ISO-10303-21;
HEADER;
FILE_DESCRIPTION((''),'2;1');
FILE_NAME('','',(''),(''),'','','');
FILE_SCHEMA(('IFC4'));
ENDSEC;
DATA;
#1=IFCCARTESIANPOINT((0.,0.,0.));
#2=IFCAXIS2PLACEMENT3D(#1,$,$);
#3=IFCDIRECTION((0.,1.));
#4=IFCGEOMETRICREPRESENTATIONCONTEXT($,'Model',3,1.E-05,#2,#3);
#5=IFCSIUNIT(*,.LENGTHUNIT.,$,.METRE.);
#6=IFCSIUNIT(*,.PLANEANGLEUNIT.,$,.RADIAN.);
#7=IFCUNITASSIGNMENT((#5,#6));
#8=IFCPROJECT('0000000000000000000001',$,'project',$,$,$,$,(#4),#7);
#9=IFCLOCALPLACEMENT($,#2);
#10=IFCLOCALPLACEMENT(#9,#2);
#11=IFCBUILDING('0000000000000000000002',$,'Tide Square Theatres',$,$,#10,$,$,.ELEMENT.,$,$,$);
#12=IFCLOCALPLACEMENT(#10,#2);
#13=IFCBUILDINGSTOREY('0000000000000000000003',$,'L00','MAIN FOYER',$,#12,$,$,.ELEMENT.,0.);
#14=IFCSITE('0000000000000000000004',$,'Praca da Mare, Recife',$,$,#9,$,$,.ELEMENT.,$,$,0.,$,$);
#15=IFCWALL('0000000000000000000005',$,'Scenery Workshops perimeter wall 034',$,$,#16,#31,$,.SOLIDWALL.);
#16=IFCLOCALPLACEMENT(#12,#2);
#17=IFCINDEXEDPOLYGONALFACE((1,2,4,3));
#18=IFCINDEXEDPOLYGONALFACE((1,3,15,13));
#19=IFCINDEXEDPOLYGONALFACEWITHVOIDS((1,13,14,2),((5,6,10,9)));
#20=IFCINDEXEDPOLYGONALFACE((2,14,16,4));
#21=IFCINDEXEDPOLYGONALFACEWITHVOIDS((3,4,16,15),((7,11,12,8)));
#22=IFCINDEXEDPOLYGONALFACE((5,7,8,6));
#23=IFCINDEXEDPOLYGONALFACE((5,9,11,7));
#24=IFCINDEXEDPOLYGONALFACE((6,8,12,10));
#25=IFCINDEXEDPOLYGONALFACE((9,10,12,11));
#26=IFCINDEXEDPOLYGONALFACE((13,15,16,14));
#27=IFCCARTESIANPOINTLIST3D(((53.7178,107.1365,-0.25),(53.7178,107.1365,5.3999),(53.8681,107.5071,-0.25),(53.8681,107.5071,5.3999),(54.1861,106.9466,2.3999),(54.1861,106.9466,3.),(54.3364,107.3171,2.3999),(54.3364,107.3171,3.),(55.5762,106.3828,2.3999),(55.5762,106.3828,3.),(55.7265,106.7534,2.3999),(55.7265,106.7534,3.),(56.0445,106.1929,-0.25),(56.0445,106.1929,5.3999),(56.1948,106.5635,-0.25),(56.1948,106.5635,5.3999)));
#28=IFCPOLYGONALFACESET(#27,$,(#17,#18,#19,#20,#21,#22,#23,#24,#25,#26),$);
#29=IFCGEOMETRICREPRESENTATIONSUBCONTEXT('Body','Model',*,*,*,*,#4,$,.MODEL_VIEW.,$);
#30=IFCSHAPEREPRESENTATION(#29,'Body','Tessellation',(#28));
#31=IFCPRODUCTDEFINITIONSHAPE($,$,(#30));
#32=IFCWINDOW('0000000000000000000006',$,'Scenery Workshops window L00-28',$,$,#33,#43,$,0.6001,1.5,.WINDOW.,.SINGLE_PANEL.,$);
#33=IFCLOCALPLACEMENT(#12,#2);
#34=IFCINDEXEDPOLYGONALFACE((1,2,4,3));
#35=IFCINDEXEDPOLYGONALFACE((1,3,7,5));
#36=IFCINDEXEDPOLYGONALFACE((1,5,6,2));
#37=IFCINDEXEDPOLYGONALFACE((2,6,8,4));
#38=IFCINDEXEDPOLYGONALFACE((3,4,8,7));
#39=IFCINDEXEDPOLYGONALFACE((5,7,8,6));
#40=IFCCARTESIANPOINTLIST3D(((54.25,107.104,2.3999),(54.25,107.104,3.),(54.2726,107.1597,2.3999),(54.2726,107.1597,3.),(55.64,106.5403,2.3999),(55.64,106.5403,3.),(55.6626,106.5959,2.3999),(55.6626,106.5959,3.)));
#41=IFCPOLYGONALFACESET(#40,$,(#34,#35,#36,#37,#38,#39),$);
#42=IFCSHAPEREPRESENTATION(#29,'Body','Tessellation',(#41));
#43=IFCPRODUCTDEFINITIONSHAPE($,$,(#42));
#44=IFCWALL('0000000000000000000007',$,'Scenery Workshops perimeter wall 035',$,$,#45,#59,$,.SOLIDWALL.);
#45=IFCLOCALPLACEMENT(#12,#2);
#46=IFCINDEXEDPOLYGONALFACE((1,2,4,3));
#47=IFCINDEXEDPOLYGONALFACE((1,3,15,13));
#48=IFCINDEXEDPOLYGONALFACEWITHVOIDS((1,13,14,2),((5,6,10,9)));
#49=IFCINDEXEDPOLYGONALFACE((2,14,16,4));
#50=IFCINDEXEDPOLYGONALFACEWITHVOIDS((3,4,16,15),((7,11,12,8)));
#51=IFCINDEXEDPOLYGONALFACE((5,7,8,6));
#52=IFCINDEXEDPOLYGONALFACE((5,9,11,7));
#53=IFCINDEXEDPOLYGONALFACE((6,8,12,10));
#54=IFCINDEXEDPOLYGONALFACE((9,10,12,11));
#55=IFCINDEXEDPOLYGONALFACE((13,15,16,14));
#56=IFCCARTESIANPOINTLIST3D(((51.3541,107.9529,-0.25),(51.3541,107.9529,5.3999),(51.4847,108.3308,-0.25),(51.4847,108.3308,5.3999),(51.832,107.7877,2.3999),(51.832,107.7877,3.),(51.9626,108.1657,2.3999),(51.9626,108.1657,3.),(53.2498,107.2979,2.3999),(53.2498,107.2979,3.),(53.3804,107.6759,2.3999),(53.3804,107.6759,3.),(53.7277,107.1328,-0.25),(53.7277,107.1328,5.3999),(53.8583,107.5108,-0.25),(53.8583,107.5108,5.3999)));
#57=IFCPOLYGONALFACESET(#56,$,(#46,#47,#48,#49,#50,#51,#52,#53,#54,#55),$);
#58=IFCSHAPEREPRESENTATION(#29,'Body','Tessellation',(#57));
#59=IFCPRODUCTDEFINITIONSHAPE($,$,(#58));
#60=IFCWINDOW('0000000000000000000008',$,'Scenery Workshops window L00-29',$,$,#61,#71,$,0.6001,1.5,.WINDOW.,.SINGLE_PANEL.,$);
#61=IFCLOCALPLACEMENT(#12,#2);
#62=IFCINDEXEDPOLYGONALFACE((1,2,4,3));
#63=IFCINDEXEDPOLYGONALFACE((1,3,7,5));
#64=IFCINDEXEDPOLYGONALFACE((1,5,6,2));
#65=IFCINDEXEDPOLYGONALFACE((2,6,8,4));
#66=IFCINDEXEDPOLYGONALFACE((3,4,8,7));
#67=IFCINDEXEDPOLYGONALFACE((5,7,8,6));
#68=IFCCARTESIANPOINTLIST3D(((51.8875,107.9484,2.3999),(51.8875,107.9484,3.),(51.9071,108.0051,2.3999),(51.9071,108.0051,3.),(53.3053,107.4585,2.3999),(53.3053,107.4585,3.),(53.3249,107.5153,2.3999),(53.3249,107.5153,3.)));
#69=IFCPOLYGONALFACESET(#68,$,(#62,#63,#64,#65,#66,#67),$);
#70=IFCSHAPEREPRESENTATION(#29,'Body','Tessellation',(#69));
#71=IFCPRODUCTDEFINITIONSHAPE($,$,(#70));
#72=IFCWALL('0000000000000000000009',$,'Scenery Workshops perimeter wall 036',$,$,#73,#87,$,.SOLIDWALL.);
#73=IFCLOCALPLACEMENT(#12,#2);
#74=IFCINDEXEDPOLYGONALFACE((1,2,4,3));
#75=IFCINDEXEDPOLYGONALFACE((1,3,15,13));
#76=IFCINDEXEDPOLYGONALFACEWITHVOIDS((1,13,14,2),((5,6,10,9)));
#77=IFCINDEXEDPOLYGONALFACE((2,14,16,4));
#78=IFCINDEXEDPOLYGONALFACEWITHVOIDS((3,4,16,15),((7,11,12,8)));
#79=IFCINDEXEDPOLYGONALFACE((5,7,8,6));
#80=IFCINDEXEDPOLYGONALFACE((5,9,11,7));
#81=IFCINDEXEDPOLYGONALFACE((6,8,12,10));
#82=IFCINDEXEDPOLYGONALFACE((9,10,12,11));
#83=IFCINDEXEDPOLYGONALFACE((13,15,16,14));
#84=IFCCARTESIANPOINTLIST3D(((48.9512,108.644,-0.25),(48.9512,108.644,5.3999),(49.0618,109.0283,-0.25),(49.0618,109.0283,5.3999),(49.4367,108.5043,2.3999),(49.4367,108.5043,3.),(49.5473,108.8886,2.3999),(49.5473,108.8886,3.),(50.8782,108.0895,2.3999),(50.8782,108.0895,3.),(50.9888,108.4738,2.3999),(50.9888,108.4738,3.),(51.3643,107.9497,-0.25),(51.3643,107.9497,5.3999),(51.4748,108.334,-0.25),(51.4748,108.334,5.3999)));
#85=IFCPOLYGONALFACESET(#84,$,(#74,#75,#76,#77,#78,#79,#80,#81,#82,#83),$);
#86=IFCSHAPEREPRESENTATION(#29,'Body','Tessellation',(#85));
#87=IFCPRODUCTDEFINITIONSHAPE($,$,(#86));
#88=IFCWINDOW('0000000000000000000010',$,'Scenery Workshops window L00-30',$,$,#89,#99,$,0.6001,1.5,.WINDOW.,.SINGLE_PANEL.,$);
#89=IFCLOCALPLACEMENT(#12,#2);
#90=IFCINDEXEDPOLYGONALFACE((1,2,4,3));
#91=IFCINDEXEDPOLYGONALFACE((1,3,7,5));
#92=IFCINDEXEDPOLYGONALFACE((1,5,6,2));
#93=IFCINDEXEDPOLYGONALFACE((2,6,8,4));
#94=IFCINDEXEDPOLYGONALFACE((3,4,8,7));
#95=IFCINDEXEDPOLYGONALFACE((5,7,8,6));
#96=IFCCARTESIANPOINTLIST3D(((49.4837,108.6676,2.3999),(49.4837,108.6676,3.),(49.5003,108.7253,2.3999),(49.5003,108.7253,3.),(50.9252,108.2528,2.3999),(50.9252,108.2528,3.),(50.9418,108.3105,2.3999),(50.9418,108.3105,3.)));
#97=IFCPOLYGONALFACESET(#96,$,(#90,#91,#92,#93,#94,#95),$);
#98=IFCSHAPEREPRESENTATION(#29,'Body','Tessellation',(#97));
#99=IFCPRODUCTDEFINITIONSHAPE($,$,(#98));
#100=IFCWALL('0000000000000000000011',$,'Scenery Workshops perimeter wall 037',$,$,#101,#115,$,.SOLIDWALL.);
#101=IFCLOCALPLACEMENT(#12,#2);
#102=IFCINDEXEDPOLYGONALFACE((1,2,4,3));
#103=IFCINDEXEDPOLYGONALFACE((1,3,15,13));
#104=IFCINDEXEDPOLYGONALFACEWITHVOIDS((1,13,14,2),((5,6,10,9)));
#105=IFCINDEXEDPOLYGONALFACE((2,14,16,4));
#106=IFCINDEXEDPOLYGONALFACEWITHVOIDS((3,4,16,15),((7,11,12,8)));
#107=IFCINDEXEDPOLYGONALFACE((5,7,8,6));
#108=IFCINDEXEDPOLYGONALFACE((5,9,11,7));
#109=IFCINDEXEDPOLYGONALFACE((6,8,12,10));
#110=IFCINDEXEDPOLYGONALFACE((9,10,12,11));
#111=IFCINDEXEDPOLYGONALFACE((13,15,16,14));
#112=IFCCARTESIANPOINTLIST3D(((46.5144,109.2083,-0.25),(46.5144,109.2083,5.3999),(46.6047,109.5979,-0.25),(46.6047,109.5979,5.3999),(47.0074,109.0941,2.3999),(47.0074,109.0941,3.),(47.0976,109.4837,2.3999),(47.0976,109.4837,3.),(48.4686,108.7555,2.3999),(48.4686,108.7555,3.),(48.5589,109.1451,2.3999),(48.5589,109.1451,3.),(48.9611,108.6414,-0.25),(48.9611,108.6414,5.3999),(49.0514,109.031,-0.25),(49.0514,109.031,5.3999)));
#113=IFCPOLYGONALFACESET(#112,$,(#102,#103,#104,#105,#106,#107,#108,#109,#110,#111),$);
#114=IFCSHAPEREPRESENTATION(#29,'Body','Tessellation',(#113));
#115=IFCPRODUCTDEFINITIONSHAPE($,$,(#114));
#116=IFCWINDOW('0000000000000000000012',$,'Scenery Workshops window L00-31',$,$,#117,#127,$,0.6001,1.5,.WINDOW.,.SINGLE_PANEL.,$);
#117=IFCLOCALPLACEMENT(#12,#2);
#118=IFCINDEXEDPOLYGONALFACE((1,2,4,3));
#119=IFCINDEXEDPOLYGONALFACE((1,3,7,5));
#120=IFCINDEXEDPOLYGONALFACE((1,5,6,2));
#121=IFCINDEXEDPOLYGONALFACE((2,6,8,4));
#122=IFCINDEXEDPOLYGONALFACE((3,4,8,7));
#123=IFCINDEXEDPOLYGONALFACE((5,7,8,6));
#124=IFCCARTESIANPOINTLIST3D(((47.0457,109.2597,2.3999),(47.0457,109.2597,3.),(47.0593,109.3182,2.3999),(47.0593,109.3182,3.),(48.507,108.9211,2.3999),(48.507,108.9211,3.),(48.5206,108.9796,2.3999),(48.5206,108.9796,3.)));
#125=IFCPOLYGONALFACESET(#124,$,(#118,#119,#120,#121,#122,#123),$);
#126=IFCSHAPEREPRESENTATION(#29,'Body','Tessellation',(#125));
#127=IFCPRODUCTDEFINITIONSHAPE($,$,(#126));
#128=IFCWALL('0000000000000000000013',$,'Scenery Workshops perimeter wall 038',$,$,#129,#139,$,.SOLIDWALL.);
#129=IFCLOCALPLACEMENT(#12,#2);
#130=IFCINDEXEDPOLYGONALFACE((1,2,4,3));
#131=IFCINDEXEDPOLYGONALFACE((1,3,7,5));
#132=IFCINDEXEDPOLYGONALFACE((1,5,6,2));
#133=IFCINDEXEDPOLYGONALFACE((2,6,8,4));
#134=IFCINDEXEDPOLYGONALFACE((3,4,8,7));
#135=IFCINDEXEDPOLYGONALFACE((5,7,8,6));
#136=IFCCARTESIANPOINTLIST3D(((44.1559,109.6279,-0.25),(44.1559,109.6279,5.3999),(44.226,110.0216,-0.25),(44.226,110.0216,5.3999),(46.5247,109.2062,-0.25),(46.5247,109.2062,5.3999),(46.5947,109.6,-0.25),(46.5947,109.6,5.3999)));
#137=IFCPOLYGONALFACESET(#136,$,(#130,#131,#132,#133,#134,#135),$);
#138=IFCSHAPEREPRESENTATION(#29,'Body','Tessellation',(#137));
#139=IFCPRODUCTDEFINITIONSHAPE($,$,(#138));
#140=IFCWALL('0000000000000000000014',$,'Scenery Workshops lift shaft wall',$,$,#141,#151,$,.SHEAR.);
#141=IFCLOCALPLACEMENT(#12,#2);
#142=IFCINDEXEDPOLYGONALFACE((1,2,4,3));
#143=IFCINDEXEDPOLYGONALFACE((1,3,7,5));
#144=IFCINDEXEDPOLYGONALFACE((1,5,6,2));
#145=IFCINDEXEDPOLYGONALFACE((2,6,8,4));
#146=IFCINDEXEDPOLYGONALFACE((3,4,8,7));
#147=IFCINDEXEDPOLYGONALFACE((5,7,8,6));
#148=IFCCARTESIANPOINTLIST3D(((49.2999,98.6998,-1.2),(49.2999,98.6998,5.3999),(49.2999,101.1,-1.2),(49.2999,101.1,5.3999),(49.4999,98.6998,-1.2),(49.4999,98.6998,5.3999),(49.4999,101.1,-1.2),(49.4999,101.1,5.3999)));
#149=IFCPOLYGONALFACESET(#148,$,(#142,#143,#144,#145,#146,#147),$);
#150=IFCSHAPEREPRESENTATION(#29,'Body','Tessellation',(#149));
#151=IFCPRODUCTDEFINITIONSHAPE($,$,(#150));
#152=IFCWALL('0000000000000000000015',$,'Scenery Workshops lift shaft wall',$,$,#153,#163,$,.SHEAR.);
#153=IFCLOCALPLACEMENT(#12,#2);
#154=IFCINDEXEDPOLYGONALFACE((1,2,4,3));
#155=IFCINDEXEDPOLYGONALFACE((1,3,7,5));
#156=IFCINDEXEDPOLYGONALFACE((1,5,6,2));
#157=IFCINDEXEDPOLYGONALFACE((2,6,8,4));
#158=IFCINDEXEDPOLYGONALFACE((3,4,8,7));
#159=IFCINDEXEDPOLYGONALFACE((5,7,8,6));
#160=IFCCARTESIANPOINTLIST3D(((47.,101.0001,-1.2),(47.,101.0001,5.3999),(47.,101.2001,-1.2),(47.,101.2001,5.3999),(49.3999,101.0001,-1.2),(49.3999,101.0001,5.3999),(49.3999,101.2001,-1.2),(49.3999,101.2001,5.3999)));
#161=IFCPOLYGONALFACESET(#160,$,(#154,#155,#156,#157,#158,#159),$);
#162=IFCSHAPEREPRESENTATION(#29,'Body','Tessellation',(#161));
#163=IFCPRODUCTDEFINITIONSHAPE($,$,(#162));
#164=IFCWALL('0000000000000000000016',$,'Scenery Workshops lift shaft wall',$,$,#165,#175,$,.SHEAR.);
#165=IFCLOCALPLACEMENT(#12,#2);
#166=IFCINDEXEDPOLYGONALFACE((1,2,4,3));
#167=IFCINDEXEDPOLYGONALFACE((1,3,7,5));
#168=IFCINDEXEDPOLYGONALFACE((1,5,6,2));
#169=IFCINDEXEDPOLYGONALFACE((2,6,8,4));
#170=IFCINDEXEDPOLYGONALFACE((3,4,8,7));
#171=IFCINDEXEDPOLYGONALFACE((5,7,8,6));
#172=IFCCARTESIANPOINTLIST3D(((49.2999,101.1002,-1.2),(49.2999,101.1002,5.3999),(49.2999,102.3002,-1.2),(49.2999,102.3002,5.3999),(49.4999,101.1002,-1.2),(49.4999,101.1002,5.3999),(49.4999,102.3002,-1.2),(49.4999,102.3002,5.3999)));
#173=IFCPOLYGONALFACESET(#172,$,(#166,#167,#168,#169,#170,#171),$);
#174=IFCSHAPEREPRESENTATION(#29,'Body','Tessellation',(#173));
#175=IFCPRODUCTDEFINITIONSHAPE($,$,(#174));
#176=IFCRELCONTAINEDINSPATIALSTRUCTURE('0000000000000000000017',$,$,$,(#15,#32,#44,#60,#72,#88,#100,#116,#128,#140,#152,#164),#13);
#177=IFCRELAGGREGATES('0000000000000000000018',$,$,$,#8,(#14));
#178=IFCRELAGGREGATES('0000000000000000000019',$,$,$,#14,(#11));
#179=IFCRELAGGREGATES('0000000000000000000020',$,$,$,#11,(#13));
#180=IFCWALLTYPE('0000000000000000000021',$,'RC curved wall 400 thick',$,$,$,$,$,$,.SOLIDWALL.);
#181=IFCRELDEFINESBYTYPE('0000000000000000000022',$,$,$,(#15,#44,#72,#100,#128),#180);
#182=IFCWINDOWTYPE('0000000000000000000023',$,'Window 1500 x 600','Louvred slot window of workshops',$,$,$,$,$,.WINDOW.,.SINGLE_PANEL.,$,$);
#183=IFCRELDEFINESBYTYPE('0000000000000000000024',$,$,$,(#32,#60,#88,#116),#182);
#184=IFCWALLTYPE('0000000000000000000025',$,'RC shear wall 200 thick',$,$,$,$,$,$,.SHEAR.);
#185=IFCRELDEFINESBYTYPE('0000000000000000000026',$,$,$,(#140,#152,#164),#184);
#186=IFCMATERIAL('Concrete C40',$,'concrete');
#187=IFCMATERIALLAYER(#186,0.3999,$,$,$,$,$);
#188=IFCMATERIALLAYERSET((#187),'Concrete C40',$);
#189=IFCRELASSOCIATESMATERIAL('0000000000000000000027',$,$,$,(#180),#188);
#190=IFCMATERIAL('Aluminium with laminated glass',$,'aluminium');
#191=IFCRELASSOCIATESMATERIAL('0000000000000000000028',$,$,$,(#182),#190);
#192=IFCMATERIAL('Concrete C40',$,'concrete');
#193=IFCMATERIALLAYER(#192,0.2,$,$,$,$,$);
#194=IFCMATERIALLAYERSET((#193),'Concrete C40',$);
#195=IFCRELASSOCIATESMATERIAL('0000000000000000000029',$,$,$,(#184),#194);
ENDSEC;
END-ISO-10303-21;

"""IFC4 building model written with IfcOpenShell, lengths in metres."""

from ifc_helpers import new_model, si_unit, direction, frame, frame_2d, origin, place, context, subcontext, project, spatial, rectangle, extrude, material, layer, layer_set, type_object, element, fill, save


model = new_model("IFC4")

# Units and contexts
model_context = context("Model", 3, precision=1e-05, world=origin(), true_north=direction((0.0, 1.0)))
body_context = subcontext(model_context, "Body", "Model", "MODEL_VIEW")
ifc_project = project(units=[si_unit("LENGTHUNIT", "METRE"), si_unit("PLANEANGLEUNIT", "RADIAN")], contexts=[model_context])

# Site, building, storey
site_placement = place(None, origin())
site = spatial("IfcSite", under=ifc_project, at=site_placement, Name="Praca da Mare, Recife", CompositionType="ELEMENT", RefElevation=0.0)
building_placement = place(site_placement, origin())
building = spatial("IfcBuilding", under=site, at=building_placement, Name="Tide Square Theatres", CompositionType="ELEMENT")
storey_placement = place(building_placement, origin())
storey = spatial("IfcBuildingStorey", under=building, at=storey_placement, Name="L00", Description="MAIN FOYER", CompositionType="ELEMENT", Elevation=0.0)

# Walls, openings, windows
ifc_material_1 = material(Name="Concrete C40", Category="concrete")
ifc_layer_1 = layer(ifc_material_1, 0.3999)
ifc_layer_set_1 = layer_set([ifc_layer_1], Name="Concrete C40")
wall_type_1 = type_object("IfcWallType", Name="RC curved wall 400 thick", PredefinedType="SOLIDWALL", material=ifc_layer_set_1)
wall_1_placement = place(storey_placement, frame((56.1196, 106.3782, -0.25), z_axis=(0.0, 0.0, 1.0), x_axis=(-0.926689, 0.375829, 0.0)))
wall_1 = element("IfcWall", 1, at=wall_1_placement, inside=storey, type_object=wall_type_1, Name="Scenery Workshops perimeter wall 034", PredefinedType="SOLIDWALL", context=body_context, shape_type="SweptSolid", body=[
    extrude(rectangle(XDim=2.5107, YDim=0.3999, at=frame_2d((1.2554, 0.0))), origin(), (0.0, 0.0, 1.0), 5.6499),
])
opening_1_placement = place(wall_1_placement, frame((0.5054, 0.0, 2.6499)))
opening_1 = element("IfcOpeningElement", 2, at=opening_1_placement, cuts=wall_1, PredefinedType="OPENING", context=body_context, shape_type="SweptSolid", body=[
    extrude(rectangle(XDim=1.5, YDim=0.6001, at=frame_2d((0.75, 0.3))), frame((0.0, 0.21, 0.0), z_axis=(0.0, -1.0, 0.0), x_axis=(1.0, 0.0, 0.0)), (0.0, 0.0, 1.0), 0.4199),
])
ifc_material_2 = material(Name="Aluminium with laminated glass", Category="aluminium")
window_type = type_object("IfcWindowType", Name="Window 1500 x 600", Description="Louvred slot window of workshops", PartitioningType="SINGLE_PANEL", PredefinedType="WINDOW", material=ifc_material_2)
window_1_placement = place(opening_1_placement, origin())
window_1 = element("IfcWindow", 3, at=window_1_placement, inside=storey, type_object=window_type, Name="Scenery Workshops window L00-28", OverallHeight=0.6001, OverallWidth=1.5, PartitioningType="SINGLE_PANEL", PredefinedType="WINDOW", context=body_context, shape_type="SweptSolid", body=[
    extrude(rectangle(XDim=1.5, YDim=0.6001, at=frame_2d((0.75, 0.3))), frame((0.0, 0.03, 0.0), z_axis=(0.0, -1.0, 0.0), x_axis=(1.0, 0.0, 0.0)), (0.0, 0.0, 1.0), 0.0601),
])
fill(opening_1, window_1)
wall_2_placement = place(storey_placement, frame((53.793, 107.3218, -0.25), z_axis=(0.0, 0.0, 1.0), x_axis=(-0.945175, 0.326563, 0.0)))
wall_2 = element("IfcWall", 4, at=wall_2_placement, inside=storey, type_object=wall_type_1, Name="Scenery Workshops perimeter wall 035", PredefinedType="SOLIDWALL", context=body_context, shape_type="SweptSolid", body=[
    extrude(rectangle(XDim=2.5112, YDim=0.3999, at=frame_2d((1.2556, 0.0))), origin(), (0.0, 0.0, 1.0), 5.6499),
])
opening_2_placement = place(wall_2_placement, frame((0.5056, 0.0, 2.6499)))
opening_2 = element("IfcOpeningElement", 5, at=opening_2_placement, cuts=wall_2, PredefinedType="OPENING", context=body_context, shape_type="SweptSolid", body=[
    extrude(rectangle(XDim=1.5, YDim=0.6001, at=frame_2d((0.75, 0.3))), frame((0.0, 0.21, 0.0), z_axis=(0.0, -1.0, 0.0), x_axis=(1.0, 0.0, 0.0)), (0.0, 0.0, 1.0), 0.4199),
])
window_2_placement = place(opening_2_placement, origin())
window_2 = element("IfcWindow", 6, at=window_2_placement, inside=storey, type_object=window_type, Name="Scenery Workshops window L00-29", OverallHeight=0.6001, OverallWidth=1.5, PartitioningType="SINGLE_PANEL", PredefinedType="WINDOW", context=body_context, shape_type="SweptSolid", body=[
    extrude(rectangle(XDim=1.5, YDim=0.6001, at=frame_2d((0.75, 0.3))), frame((0.0, 0.03, 0.0), z_axis=(0.0, -1.0, 0.0), x_axis=(1.0, 0.0, 0.0)), (0.0, 0.0, 1.0), 0.0601),
])
fill(opening_2, window_2)
wall_3_placement = place(storey_placement, frame((51.4194, 108.1418, -0.25), z_axis=(0.0, 0.0, 1.0), x_axis=(-0.961009, 0.276518, 0.0)))
wall_3 = element("IfcWall", 7, at=wall_3_placement, inside=storey, type_object=wall_type_1, Name="Scenery Workshops perimeter wall 036", PredefinedType="SOLIDWALL", context=body_context, shape_type="SweptSolid", body=[
    extrude(rectangle(XDim=2.511, YDim=0.3999, at=frame_2d((1.2554, 0.0))), origin(), (0.0, 0.0, 1.0), 5.6499),
])
opening_3_placement = place(wall_3_placement, frame((0.5056, 0.0, 2.6499)))
opening_3 = element("IfcOpeningElement", 8, at=opening_3_placement, cuts=wall_3, PredefinedType="OPENING", context=body_context, shape_type="SweptSolid", body=[
    extrude(rectangle(XDim=1.5, YDim=0.6001, at=frame_2d((0.75, 0.3))), frame((0.0, 0.21, 0.0), z_axis=(0.0, -1.0, 0.0), x_axis=(1.0, 0.0, 0.0)), (0.0, 0.0, 1.0), 0.4199),
])
window_3_placement = place(opening_3_placement, origin())
window_3 = element("IfcWindow", 9, at=window_3_placement, inside=storey, type_object=window_type, Name="Scenery Workshops window L00-30", OverallHeight=0.6001, OverallWidth=1.5, PartitioningType="SINGLE_PANEL", PredefinedType="WINDOW", context=body_context, shape_type="SweptSolid", body=[
    extrude(rectangle(XDim=1.5, YDim=0.6001, at=frame_2d((0.75, 0.3))), frame((0.0, 0.03, 0.0), z_axis=(0.0, -1.0, 0.0), x_axis=(1.0, 0.0, 0.0)), (0.0, 0.0, 1.0), 0.0601),
])
fill(opening_3, window_3)
wall_4_placement = place(storey_placement, frame((49.0063, 108.8362, -0.25), z_axis=(0.0, 0.0, 1.0), x_axis=(-0.974189, 0.225733, 0.0)))
wall_4 = element("IfcWall", 10, at=wall_4_placement, inside=storey, type_object=wall_type_1, Name="Scenery Workshops perimeter wall 037", PredefinedType="SOLIDWALL", context=body_context, shape_type="SweptSolid", body=[
    extrude(rectangle(XDim=2.5115, YDim=0.3999, at=frame_2d((1.2559, 0.0))), origin(), (0.0, 0.0, 1.0), 5.6499),
])
opening_4_placement = place(wall_4_placement, frame((0.5056, 0.0, 2.6499)))
opening_4 = element("IfcOpeningElement", 11, at=opening_4_placement, cuts=wall_4, PredefinedType="OPENING", context=body_context, shape_type="SweptSolid", body=[
    extrude(rectangle(XDim=1.5, YDim=0.6001, at=frame_2d((0.75, 0.3))), frame((0.0, 0.21, 0.0), z_axis=(0.0, -1.0, 0.0), x_axis=(1.0, 0.0, 0.0)), (0.0, 0.0, 1.0), 0.4199),
])
window_4_placement = place(opening_4_placement, origin())
window_4 = element("IfcWindow", 12, at=window_4_placement, inside=storey, type_object=window_type, Name="Scenery Workshops window L00-31", OverallHeight=0.6001, OverallWidth=1.5, PartitioningType="SINGLE_PANEL", PredefinedType="WINDOW", context=body_context, shape_type="SweptSolid", body=[
    extrude(rectangle(XDim=1.5, YDim=0.6001, at=frame_2d((0.75, 0.3))), frame((0.0, 0.03, 0.0), z_axis=(0.0, -1.0, 0.0), x_axis=(1.0, 0.0, 0.0)), (0.0, 0.0, 1.0), 0.0601),
])
fill(opening_4, window_4)

# Walls
wall_5_placement = place(storey_placement, frame((46.5598, 109.4031, -0.25), z_axis=(0.0, 0.0, 1.0), x_axis=(-0.984524, 0.17525, 0.0)))
element("IfcWall", 13, at=wall_5_placement, inside=storey, type_object=wall_type_1, Name="Scenery Workshops perimeter wall 038", PredefinedType="SOLIDWALL", context=body_context, shape_type="SweptSolid", body=[
    extrude(rectangle(XDim=2.406, YDim=0.3999, at=frame_2d((1.2031, 0.0))), origin(), (0.0, 0.0, 1.0), 5.6499),
])
ifc_material_3 = material(Name="Concrete C40", Category="concrete")
ifc_layer_2 = layer(ifc_material_3, 0.2)
ifc_layer_set_2 = layer_set([ifc_layer_2], Name="Concrete C40")
wall_type_2 = type_object("IfcWallType", Name="RC shear wall 200 thick", PredefinedType="SHEAR", material=ifc_layer_set_2)
wall_6_placement = place(storey_placement, frame((49.3999, 101.1001, -1.2), z_axis=(0.0, 0.0, 1.0), x_axis=(0.0, -1.0, 0.0)))
element("IfcWall", 14, at=wall_6_placement, inside=storey, type_object=wall_type_2, Name="Scenery Workshops lift shaft wall", PredefinedType="SHEAR", context=body_context, shape_type="SweptSolid", body=[
    extrude(rectangle(XDim=2.4001, YDim=0.2, at=frame_2d((1.2002, 0.0))), origin(), (0.0, 0.0, 1.0), 6.5999),
])
wall_7_placement = place(storey_placement, frame((47.0, 101.1001, -1.2), z_axis=(0.0, 0.0, 1.0), x_axis=(1.0, 0.0, 0.0)))
element("IfcWall", 15, at=wall_7_placement, inside=storey, type_object=wall_type_2, Name="Scenery Workshops lift shaft wall", PredefinedType="SHEAR", context=body_context, shape_type="SweptSolid", body=[
    extrude(rectangle(XDim=2.3999, YDim=0.2, at=frame_2d((1.2, 0.0))), origin(), (0.0, 0.0, 1.0), 6.5999),
])
wall_8_placement = place(storey_placement, frame((49.3999, 101.1001, -1.2), z_axis=(0.0, 0.0, 1.0), x_axis=(0.0, 1.0, 0.0)))
element("IfcWall", 16, at=wall_8_placement, inside=storey, type_object=wall_type_2, Name="Scenery Workshops lift shaft wall", PredefinedType="SHEAR", context=body_context, shape_type="SweptSolid", body=[
    extrude(rectangle(XDim=1.2, YDim=0.2, at=frame_2d((0.6001, 0.0))), origin(), (0.0, 0.0, 1.0), 6.5999),
])

save(model, "model.ifc")
